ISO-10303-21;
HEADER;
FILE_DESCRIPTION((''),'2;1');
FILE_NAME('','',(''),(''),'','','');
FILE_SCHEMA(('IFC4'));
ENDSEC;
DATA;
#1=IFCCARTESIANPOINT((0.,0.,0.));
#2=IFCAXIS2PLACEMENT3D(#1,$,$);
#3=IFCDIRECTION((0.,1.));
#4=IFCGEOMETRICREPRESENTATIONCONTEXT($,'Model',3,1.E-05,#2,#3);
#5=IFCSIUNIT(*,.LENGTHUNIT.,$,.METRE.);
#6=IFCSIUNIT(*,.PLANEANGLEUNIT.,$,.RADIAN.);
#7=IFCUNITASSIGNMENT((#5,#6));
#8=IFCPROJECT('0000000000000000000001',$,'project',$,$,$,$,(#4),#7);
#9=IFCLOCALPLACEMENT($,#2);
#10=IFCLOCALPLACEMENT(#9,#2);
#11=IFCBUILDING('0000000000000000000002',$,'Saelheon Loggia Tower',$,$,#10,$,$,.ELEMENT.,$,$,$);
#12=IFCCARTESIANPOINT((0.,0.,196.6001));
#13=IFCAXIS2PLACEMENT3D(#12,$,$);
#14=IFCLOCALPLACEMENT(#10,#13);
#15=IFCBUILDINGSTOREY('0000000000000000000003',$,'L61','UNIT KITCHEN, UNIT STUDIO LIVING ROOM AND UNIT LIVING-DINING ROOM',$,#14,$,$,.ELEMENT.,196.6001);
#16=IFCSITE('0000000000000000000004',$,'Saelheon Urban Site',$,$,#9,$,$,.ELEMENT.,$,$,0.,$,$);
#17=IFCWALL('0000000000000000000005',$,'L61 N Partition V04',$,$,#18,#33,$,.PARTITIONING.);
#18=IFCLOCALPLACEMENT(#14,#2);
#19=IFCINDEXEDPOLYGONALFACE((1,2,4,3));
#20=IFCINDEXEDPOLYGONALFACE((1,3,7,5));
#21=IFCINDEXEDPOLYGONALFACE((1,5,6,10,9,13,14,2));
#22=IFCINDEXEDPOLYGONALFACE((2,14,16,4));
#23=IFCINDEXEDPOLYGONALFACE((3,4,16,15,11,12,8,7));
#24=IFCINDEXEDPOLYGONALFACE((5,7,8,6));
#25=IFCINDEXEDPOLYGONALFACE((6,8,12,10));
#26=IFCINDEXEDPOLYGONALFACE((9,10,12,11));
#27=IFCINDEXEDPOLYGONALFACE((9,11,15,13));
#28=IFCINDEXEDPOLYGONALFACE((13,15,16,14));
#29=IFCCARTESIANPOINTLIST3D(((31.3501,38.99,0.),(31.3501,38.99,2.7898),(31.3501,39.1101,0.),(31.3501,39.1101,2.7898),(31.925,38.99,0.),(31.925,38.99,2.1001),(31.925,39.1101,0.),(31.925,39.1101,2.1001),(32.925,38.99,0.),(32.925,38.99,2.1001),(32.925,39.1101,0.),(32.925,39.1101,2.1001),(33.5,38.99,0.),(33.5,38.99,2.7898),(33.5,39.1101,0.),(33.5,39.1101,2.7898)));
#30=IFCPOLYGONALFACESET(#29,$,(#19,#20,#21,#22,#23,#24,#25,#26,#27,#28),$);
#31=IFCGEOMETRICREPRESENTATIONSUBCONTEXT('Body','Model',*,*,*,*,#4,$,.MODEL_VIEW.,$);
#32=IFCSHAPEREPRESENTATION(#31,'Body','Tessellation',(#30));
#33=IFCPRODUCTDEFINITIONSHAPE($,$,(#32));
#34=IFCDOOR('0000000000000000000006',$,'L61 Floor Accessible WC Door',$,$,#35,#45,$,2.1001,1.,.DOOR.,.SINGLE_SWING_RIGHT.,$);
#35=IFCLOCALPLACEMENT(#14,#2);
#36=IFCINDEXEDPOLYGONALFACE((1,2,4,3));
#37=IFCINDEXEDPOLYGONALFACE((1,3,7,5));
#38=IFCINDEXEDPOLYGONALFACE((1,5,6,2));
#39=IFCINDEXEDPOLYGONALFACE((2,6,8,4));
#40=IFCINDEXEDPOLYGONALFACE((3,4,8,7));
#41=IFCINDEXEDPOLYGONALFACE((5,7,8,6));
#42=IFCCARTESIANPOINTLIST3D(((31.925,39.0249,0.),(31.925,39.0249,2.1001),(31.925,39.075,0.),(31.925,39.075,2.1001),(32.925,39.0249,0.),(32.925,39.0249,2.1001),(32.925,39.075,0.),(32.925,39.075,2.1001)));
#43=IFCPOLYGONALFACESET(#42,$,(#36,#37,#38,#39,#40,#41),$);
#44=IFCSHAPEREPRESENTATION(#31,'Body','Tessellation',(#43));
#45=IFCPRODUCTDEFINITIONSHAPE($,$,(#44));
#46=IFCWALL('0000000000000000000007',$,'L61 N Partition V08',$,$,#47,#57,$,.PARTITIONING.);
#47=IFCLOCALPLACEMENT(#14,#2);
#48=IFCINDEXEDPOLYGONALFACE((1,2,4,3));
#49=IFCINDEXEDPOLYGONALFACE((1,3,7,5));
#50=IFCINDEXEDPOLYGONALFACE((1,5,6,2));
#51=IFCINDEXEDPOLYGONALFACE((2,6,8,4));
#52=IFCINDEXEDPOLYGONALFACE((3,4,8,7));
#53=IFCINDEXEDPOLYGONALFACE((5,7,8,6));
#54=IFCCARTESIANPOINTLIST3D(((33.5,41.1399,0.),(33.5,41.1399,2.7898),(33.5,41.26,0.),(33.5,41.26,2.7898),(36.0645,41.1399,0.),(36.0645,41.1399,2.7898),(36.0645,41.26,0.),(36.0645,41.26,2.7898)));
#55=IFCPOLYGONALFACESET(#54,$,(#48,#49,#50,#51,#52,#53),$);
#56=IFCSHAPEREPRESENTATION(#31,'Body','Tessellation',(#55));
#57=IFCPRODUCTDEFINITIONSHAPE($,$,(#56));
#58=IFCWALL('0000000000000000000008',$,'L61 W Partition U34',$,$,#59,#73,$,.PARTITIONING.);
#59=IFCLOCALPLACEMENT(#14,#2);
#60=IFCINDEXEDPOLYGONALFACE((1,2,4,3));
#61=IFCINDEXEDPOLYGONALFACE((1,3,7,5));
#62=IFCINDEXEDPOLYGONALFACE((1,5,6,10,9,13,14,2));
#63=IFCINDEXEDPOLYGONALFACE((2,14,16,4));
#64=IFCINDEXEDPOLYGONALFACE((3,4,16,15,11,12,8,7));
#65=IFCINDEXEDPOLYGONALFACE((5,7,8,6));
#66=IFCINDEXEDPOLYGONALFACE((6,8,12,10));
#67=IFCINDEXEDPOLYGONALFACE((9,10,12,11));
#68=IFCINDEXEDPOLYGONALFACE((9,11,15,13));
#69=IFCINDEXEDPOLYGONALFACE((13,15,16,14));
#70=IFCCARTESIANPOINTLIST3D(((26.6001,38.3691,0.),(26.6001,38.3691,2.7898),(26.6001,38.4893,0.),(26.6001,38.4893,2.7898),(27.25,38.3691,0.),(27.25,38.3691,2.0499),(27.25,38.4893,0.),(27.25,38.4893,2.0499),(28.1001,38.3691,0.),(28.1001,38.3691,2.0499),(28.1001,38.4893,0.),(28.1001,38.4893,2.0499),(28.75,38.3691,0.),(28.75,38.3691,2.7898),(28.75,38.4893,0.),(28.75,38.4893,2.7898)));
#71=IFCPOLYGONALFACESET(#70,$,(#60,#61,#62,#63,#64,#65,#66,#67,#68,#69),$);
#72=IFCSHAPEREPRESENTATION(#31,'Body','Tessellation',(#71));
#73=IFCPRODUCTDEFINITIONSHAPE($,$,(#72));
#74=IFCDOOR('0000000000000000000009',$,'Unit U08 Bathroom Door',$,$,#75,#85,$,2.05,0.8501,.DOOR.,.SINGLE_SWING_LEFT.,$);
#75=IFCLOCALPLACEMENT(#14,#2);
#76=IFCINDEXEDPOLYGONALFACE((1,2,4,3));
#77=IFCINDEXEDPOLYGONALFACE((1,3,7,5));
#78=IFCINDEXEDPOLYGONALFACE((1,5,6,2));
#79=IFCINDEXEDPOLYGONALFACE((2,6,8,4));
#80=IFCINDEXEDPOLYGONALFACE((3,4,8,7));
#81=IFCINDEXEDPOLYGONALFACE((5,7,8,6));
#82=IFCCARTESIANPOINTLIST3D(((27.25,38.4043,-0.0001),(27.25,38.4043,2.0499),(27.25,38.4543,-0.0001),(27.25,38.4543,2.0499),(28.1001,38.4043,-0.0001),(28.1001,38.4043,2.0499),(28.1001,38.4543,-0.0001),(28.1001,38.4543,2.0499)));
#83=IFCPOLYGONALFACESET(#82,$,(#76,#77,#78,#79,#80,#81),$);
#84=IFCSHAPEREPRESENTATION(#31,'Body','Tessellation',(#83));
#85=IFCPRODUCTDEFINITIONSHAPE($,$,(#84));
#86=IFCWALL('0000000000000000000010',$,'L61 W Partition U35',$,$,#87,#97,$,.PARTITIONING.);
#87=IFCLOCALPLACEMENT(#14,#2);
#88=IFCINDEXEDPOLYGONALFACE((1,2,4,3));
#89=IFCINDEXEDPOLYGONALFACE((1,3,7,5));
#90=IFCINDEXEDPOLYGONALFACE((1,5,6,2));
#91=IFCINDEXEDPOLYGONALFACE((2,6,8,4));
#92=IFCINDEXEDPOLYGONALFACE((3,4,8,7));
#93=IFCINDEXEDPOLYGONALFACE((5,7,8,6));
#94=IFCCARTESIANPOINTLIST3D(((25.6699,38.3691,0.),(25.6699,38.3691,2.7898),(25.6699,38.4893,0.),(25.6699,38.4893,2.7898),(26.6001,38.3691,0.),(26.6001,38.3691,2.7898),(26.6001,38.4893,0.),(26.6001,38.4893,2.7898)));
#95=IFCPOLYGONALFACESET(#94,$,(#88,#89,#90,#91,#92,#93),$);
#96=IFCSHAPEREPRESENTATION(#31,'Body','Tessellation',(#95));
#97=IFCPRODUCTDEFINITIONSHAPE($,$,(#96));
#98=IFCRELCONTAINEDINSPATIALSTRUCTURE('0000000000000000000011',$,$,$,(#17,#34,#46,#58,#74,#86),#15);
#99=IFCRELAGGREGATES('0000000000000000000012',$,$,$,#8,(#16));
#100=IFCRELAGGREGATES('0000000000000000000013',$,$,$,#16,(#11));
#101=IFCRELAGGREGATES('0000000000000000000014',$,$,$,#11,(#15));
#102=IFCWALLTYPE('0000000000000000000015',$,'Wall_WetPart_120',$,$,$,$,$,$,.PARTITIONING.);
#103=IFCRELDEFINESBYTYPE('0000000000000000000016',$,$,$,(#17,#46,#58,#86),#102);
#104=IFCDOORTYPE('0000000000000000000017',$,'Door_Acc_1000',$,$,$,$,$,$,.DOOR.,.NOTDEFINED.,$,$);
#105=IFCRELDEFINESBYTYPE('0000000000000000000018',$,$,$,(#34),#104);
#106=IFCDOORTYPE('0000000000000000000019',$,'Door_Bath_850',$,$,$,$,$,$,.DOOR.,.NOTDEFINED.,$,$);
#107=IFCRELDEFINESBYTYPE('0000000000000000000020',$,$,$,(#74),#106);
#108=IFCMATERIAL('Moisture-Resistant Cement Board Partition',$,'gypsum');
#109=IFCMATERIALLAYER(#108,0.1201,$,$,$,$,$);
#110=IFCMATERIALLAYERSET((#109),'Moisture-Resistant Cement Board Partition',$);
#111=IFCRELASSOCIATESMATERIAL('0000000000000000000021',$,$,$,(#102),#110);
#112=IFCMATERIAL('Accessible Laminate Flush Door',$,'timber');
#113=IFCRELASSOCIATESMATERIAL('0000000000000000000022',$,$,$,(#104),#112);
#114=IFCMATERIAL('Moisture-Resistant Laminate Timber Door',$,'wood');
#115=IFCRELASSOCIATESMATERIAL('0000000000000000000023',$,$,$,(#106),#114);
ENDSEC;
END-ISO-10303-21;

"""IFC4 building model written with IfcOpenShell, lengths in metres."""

from ifc_helpers import new_model, si_unit, direction, frame, frame_2d, origin, place, context, subcontext, project, spatial, rectangle, extrude, source, transform, mapped, material, layer, layer_set, type_object, element, fill, save


model = new_model("IFC4")

# Units and contexts
model_context = context("Model", 3, precision=1e-05, world=origin(), true_north=direction((0.0, 1.0)))
body_context = subcontext(model_context, "Body", "Model", "MODEL_VIEW")
ifc_project = project(units=[si_unit("LENGTHUNIT", "METRE"), si_unit("PLANEANGLEUNIT", "RADIAN")], contexts=[model_context])

# Site, building, storey
site_placement = place(None, origin())
site = spatial("IfcSite", under=ifc_project, at=site_placement, Name="Saelheon Urban Site", CompositionType="ELEMENT", RefElevation=0.0)
building_placement = place(site_placement, origin())
building = spatial("IfcBuilding", under=site, at=building_placement, Name="Saelheon Loggia Tower", CompositionType="ELEMENT")
storey_placement = place(building_placement, frame((0.0, 0.0, 196.6001)))
storey = spatial("IfcBuildingStorey", under=building, at=storey_placement, Name="L61", Description="UNIT KITCHEN, UNIT STUDIO LIVING ROOM AND UNIT LIVING-DINING ROOM", CompositionType="ELEMENT", Elevation=196.6001)

# Wall, opening, door
ifc_material_1 = material(Name="Moisture-Resistant Cement Board Partition", Category="gypsum")
ifc_layer_1 = layer(ifc_material_1, 0.1201)
ifc_layer_set_1 = layer_set([ifc_layer_1], Name="Moisture-Resistant Cement Board Partition")
wall_type_1 = type_object("IfcWallType", Name="Wall_WetPart_120", PredefinedType="PARTITIONING", material=ifc_layer_set_1)
wall_1_placement = place(storey_placement, frame((31.3501, 39.05, 0.0), z_axis=(0.0, 0.0, 1.0), x_axis=(1.0, 0.0, 0.0)))
wall_1 = element("IfcWall", 1, at=wall_1_placement, inside=storey, type_object=wall_type_1, Name="L61 N Partition V04", PredefinedType="PARTITIONING", context=body_context, shape_type="SweptSolid", body=[
    extrude(rectangle(XDim=2.1499, YDim=0.1201, at=frame_2d((1.075, 0.0))), origin(), (0.0, 0.0, 1.0), 2.7898),
])
opening_1_placement = place(wall_1_placement, frame((0.575, 0.0, 0.0)))
opening_1 = element("IfcOpeningElement", 2, at=opening_1_placement, cuts=wall_1, PredefinedType="OPENING", context=body_context, shape_type="SweptSolid", body=[
    extrude(rectangle(XDim=1.0, YDim=2.1001, at=frame_2d((0.5, 1.05))), frame((0.0, 0.072, 0.0), z_axis=(0.0, -1.0, 0.0), x_axis=(1.0, 0.0, 0.0)), (0.0, 0.0, 1.0), 0.144),
])
ifc_material_2 = material(Name="Accessible Laminate Flush Door", Category="timber")
door_type_1 = type_object("IfcDoorType", Name="Door_Acc_1000", OperationType="NOTDEFINED", PredefinedType="DOOR", material=ifc_material_2)
shared_shape_1 = source(origin(), body_context, "Body", "SweptSolid", [
    extrude(rectangle(XDim=1.0, YDim=2.1001, at=frame_2d((0.5, 1.05))), frame((0.0, 0.0249, 0.0), z_axis=(0.0, -1.0, 0.0), x_axis=(1.0, 0.0, 0.0)), (0.0, 0.0, 1.0), 0.05),
])
door_1_placement = place(opening_1_placement, origin())
door_1 = element("IfcDoor", 3, at=door_1_placement, inside=storey, type_object=door_type_1, Name="L61 Floor Accessible WC Door", OperationType="SINGLE_SWING_RIGHT", OverallHeight=2.1001, OverallWidth=1.0, PredefinedType="DOOR", context=body_context, shape_type="MappedRepresentation", body=[
    mapped(shared_shape_1, transform((0.0, 0.0, 0.0), scale=1.0)),
])
fill(opening_1, door_1)

# Wall
wall_2_placement = place(storey_placement, frame((33.5, 41.2, 0.0), z_axis=(0.0, 0.0, 1.0), x_axis=(1.0, 0.0, 0.0)))
element("IfcWall", 4, at=wall_2_placement, inside=storey, type_object=wall_type_1, Name="L61 N Partition V08", PredefinedType="PARTITIONING", context=body_context, shape_type="SweptSolid", body=[
    extrude(rectangle(XDim=2.5645, YDim=0.1201, at=frame_2d((1.2822, 0.0))), origin(), (0.0, 0.0, 1.0), 2.7898),
])

# Wall, opening, door
wall_3_placement = place(storey_placement, frame((28.75, 38.4292, 0.0), z_axis=(0.0, 0.0, 1.0), x_axis=(-1.0, 0.0, 0.0)))
wall_3 = element("IfcWall", 5, at=wall_3_placement, inside=storey, type_object=wall_type_1, Name="L61 W Partition U34", PredefinedType="PARTITIONING", context=body_context, shape_type="SweptSolid", body=[
    extrude(rectangle(XDim=2.1499, YDim=0.1201, at=frame_2d((1.075, 0.0))), origin(), (0.0, 0.0, 1.0), 2.7898),
])
opening_2_placement = place(wall_3_placement, frame((0.6499, 0.0, 0.0)))
opening_2 = element("IfcOpeningElement", 6, at=opening_2_placement, cuts=wall_3, PredefinedType="OPENING", context=body_context, shape_type="SweptSolid", body=[
    extrude(rectangle(XDim=0.8501, YDim=2.05, at=frame_2d((0.425, 1.0249))), frame((0.0, 0.072, 0.0), z_axis=(0.0, -1.0, 0.0), x_axis=(1.0, 0.0, 0.0)), (0.0, 0.0, 1.0), 0.144),
])
ifc_material_3 = material(Name="Moisture-Resistant Laminate Timber Door", Category="wood")
door_type_2 = type_object("IfcDoorType", Name="Door_Bath_850", OperationType="NOTDEFINED", PredefinedType="DOOR", material=ifc_material_3)
shared_shape_2 = source(origin(), body_context, "Body", "SweptSolid", [
    extrude(rectangle(XDim=0.8501, YDim=2.05, at=frame_2d((0.425, 1.0249))), frame((0.0, 0.0249, 0.0), z_axis=(0.0, -1.0, 0.0), x_axis=(1.0, 0.0, 0.0)), (0.0, 0.0, 1.0), 0.05),
])
door_2_placement = place(opening_2_placement, origin())
door_2 = element("IfcDoor", 7, at=door_2_placement, inside=storey, type_object=door_type_2, Name="Unit U08 Bathroom Door", OperationType="SINGLE_SWING_LEFT", OverallHeight=2.05, OverallWidth=0.8501, PredefinedType="DOOR", context=body_context, shape_type="MappedRepresentation", body=[
    mapped(shared_shape_2, transform((0.0, 0.0, 0.0), scale=1.0)),
])
fill(opening_2, door_2)

# Wall
wall_4_placement = place(storey_placement, frame((26.6001, 38.4292, 0.0), z_axis=(0.0, 0.0, 1.0), x_axis=(-1.0, 0.0, 0.0)))
element("IfcWall", 8, at=wall_4_placement, inside=storey, type_object=wall_type_1, Name="L61 W Partition U35", PredefinedType="PARTITIONING", context=body_context, shape_type="SweptSolid", body=[
    extrude(rectangle(XDim=0.9302, YDim=0.1201, at=frame_2d((0.4651, 0.0))), origin(), (0.0, 0.0, 1.0), 2.7898),
])

save(model, "model.ifc")
